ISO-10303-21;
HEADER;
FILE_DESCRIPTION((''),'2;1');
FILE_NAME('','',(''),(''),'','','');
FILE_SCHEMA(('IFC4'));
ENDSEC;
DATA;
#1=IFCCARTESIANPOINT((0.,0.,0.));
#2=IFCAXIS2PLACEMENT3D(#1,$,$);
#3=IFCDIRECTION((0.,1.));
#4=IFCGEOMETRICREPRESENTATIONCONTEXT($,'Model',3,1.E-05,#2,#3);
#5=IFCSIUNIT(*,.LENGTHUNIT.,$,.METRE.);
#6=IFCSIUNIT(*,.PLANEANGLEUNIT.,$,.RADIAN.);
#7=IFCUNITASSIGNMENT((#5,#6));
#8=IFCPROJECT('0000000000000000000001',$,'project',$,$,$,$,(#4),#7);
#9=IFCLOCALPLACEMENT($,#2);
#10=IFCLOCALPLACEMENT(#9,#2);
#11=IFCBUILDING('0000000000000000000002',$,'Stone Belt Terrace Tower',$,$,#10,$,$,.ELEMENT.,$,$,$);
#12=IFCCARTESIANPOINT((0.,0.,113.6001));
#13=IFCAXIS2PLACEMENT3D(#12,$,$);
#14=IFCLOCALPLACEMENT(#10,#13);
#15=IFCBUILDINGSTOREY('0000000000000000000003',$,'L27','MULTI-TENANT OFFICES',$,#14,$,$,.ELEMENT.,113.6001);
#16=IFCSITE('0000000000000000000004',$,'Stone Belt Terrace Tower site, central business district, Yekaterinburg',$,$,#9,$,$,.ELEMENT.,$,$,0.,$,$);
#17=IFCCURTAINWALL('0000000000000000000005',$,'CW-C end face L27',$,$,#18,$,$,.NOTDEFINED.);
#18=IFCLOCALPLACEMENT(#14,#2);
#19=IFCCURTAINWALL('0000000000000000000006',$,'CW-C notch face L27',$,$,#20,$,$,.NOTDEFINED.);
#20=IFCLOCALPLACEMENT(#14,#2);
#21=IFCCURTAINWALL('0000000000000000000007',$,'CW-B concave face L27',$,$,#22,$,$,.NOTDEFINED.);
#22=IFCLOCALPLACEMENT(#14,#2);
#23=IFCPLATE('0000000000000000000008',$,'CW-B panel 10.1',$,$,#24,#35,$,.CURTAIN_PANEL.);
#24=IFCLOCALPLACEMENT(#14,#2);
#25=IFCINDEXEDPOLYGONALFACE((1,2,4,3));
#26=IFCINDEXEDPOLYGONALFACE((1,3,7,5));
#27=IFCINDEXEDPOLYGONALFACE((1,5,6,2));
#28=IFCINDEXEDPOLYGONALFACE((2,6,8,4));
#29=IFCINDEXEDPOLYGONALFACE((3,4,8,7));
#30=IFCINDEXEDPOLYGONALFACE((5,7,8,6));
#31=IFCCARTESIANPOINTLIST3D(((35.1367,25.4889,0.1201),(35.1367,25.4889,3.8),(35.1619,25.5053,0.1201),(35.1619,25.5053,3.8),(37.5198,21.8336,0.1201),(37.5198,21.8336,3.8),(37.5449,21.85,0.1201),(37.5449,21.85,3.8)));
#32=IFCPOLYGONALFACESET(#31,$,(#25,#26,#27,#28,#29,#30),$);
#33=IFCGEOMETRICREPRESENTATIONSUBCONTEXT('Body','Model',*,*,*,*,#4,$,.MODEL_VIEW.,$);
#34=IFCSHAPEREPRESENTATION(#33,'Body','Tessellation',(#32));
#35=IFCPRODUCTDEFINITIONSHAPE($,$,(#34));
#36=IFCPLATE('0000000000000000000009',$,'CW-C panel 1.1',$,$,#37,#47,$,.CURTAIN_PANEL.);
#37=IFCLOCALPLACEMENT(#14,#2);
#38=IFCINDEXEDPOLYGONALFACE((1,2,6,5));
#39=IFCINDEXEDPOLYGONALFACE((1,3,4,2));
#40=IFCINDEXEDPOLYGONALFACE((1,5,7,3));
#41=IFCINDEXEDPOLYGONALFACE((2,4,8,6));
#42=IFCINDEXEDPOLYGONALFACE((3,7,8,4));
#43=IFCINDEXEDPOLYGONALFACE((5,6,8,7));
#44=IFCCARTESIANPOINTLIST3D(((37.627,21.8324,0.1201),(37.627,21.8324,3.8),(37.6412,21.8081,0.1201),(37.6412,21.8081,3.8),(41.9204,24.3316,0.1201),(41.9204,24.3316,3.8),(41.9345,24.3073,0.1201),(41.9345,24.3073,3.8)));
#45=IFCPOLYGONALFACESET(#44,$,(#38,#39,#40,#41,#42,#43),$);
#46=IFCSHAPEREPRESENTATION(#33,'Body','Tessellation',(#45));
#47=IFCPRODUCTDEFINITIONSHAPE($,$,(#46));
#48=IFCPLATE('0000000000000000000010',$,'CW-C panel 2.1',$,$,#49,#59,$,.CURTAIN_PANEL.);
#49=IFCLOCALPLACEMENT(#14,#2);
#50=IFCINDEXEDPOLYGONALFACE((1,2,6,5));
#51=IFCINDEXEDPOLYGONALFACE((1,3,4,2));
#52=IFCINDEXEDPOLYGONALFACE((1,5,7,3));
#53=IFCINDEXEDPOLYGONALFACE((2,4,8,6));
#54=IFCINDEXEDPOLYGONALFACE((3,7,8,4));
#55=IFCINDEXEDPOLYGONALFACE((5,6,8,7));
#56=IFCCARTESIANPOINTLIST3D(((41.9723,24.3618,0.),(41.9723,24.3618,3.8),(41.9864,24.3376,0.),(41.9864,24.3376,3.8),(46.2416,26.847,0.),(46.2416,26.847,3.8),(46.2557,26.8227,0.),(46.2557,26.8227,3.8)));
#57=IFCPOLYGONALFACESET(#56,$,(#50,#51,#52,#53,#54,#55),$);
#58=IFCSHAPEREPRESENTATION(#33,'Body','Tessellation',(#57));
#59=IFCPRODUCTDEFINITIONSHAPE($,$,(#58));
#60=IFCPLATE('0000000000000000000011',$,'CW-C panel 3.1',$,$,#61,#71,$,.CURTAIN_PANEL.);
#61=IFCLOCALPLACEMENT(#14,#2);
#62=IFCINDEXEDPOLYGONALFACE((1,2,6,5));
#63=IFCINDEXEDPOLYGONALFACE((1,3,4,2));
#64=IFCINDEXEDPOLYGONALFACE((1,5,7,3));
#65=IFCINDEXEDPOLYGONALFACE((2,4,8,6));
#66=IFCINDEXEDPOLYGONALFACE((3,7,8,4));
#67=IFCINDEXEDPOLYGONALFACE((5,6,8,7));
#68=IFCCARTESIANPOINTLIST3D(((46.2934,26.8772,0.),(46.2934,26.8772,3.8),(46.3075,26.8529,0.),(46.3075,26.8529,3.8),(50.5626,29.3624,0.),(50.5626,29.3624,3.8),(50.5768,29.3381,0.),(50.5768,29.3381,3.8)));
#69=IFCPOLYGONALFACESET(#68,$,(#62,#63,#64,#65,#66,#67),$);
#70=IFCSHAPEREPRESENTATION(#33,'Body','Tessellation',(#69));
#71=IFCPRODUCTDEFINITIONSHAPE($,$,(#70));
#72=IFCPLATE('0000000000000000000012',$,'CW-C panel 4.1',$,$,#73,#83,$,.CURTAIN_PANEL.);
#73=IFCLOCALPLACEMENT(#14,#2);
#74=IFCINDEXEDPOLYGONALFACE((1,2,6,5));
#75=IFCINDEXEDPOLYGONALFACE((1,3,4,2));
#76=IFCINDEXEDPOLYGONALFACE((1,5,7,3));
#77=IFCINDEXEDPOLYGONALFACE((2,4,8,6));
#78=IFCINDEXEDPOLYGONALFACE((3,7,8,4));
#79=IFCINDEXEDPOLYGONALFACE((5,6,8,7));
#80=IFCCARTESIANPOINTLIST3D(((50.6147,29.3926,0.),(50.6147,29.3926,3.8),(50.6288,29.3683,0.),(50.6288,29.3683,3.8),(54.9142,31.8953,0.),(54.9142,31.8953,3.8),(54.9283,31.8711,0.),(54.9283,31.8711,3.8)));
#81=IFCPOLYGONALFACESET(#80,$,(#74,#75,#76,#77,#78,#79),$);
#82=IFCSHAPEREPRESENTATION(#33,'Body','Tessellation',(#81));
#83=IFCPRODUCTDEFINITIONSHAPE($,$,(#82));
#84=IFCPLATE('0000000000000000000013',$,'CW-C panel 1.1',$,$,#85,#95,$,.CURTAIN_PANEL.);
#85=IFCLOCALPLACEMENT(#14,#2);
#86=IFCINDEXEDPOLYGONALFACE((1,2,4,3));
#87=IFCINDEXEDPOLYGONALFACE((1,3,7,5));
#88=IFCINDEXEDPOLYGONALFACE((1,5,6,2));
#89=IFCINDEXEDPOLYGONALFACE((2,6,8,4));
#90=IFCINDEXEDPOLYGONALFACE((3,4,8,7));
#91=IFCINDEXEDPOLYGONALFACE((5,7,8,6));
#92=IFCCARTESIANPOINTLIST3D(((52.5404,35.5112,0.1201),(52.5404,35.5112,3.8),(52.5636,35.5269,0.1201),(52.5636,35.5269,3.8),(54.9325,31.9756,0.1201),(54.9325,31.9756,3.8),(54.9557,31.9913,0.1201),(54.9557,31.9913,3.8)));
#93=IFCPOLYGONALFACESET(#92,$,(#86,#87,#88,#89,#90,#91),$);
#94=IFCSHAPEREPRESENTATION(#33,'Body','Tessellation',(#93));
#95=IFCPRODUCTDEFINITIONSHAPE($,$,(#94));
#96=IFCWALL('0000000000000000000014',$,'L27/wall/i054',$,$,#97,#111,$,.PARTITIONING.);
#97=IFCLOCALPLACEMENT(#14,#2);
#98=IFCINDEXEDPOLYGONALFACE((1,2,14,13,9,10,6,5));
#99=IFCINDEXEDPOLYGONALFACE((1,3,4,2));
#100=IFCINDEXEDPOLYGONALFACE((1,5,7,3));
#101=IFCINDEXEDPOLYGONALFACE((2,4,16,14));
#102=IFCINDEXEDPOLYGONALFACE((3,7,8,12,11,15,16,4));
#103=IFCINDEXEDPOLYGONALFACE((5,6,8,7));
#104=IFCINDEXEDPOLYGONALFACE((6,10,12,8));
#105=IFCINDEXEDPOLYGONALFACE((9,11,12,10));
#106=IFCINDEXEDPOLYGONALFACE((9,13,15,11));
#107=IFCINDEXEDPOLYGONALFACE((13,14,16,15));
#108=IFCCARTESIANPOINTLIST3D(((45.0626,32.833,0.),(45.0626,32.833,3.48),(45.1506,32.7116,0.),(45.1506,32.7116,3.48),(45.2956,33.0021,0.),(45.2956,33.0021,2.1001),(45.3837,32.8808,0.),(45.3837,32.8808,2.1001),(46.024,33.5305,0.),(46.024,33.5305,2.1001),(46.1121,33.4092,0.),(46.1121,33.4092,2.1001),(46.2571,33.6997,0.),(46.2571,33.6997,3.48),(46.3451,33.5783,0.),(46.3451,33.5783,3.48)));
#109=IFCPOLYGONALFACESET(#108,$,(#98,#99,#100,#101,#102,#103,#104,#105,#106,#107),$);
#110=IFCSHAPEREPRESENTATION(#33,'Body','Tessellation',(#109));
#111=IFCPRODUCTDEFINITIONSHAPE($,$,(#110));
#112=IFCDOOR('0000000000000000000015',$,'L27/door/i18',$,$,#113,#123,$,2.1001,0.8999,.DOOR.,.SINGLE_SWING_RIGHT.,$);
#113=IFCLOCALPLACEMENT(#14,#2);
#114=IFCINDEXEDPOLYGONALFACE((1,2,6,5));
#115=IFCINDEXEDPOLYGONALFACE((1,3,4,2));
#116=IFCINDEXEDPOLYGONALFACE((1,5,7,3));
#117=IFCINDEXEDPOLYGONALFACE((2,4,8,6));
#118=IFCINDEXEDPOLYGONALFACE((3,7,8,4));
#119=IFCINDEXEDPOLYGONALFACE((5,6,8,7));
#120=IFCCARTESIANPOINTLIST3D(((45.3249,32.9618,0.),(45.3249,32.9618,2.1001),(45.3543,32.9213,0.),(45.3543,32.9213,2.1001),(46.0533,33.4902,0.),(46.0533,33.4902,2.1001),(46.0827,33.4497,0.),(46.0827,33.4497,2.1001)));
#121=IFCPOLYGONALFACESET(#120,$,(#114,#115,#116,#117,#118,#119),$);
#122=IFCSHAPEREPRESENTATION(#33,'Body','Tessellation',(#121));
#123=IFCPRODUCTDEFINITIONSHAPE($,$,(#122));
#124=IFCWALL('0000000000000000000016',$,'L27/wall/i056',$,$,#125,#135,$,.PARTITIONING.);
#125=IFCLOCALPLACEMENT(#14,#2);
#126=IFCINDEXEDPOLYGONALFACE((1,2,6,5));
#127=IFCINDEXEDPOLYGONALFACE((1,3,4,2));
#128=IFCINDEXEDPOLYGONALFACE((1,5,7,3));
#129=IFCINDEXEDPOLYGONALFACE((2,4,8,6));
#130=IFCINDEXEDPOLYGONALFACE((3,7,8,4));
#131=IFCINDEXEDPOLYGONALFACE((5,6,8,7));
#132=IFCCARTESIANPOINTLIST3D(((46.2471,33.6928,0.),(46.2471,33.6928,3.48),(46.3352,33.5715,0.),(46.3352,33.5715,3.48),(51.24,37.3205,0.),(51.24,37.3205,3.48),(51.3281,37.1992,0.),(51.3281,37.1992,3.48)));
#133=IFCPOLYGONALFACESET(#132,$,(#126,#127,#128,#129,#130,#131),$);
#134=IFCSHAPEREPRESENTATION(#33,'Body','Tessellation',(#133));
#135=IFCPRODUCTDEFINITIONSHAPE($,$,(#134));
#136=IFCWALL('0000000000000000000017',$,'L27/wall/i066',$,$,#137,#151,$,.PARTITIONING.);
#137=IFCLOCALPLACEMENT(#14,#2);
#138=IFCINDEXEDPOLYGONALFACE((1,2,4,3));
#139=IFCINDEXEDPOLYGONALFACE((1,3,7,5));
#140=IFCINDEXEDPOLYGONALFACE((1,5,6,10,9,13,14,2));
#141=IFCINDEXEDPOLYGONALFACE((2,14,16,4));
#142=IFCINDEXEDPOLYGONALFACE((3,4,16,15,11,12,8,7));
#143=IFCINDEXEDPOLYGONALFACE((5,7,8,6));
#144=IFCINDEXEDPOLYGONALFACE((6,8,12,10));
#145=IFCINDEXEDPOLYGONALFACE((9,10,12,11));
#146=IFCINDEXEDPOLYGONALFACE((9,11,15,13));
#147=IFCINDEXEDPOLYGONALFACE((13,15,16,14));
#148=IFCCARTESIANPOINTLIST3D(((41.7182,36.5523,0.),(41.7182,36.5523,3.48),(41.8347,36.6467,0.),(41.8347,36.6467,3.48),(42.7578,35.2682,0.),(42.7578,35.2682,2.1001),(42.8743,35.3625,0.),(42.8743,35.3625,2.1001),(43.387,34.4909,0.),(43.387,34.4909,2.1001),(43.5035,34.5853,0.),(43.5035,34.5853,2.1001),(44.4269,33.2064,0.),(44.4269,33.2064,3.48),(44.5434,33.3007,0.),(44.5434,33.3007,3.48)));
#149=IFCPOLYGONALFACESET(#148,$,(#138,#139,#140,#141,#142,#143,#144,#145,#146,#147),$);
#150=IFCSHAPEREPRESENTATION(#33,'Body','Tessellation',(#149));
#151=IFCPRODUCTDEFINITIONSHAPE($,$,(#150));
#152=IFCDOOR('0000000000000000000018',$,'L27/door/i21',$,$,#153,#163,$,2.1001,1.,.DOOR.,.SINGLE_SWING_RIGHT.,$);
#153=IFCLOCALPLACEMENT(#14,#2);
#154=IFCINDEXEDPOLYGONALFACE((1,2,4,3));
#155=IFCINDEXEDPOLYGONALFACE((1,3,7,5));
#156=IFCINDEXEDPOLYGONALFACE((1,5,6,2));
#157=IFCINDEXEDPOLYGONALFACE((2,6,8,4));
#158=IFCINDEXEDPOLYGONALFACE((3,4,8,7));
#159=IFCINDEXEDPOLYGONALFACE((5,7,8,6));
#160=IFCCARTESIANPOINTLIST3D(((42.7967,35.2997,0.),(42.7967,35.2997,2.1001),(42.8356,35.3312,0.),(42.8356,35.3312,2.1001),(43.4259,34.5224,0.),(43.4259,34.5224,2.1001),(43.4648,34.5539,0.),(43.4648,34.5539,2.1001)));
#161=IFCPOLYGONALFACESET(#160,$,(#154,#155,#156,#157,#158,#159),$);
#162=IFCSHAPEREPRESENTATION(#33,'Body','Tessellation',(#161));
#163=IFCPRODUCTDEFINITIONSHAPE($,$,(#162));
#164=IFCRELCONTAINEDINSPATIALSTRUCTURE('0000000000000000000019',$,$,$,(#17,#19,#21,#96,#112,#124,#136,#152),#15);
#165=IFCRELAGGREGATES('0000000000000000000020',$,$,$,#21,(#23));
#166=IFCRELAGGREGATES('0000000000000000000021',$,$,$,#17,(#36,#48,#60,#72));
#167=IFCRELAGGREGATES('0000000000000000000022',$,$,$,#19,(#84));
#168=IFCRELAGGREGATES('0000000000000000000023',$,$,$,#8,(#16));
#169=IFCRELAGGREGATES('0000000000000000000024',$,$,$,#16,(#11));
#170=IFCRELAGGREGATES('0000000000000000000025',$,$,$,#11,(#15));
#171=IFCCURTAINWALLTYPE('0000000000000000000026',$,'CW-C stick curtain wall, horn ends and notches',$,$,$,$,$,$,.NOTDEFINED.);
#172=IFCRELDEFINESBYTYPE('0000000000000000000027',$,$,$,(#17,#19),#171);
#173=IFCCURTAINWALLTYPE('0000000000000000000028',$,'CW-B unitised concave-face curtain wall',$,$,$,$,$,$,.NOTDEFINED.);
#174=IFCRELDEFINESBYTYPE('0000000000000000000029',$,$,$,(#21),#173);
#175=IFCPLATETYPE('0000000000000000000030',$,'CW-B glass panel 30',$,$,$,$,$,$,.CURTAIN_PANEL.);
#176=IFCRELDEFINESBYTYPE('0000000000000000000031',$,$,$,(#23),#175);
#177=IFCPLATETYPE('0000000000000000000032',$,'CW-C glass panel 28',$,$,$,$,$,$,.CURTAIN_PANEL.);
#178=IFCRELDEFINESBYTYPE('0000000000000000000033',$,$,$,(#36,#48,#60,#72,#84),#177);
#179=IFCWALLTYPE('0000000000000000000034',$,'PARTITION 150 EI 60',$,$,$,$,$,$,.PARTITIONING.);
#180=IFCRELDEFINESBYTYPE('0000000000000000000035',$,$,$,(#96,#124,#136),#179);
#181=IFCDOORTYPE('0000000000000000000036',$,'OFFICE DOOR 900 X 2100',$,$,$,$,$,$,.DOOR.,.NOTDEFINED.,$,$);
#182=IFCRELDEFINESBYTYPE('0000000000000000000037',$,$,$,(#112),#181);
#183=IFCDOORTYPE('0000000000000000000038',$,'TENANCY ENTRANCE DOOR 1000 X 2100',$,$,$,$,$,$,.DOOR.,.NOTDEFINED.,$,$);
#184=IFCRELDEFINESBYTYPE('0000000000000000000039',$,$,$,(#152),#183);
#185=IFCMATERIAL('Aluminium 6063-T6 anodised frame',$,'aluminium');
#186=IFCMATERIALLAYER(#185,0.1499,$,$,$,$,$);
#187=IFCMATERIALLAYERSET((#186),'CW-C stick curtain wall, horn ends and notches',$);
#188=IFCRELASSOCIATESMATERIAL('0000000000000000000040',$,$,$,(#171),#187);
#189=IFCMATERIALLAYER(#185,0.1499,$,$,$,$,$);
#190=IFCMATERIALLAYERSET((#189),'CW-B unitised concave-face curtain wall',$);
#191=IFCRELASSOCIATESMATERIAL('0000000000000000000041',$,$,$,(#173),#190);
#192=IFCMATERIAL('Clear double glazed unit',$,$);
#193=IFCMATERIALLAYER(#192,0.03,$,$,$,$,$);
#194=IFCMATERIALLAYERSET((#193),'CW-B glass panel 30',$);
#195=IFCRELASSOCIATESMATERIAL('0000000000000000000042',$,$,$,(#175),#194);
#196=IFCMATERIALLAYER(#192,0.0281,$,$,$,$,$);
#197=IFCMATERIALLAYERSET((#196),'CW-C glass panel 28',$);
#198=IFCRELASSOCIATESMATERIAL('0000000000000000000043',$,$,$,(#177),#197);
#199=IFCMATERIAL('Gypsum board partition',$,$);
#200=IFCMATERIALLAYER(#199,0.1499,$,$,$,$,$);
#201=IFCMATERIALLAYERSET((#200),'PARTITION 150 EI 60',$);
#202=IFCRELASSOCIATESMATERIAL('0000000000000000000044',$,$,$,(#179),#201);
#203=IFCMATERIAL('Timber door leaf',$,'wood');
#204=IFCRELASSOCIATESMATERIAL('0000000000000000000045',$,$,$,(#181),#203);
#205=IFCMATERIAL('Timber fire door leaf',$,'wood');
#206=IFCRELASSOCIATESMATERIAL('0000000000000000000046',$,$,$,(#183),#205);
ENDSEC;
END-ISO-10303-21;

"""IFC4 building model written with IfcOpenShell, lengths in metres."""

from ifc_helpers import new_model, si_unit, direction, frame, frame_2d, origin, origin_2d, place, context, subcontext, project, spatial, rectangle, extrude, material, layer, layer_set, type_object, element, fill, aggregate, save


model = new_model("IFC4")

# Units and contexts
model_context = context("Model", 3, precision=1e-05, world=origin(), true_north=direction((0.0, 1.0)))
body_context = subcontext(model_context, "Body", "Model", "MODEL_VIEW")
ifc_project = project(units=[si_unit("LENGTHUNIT", "METRE"), si_unit("PLANEANGLEUNIT", "RADIAN")], contexts=[model_context])

# Site, building, storey
site_placement = place(None, origin())
site = spatial("IfcSite", under=ifc_project, at=site_placement, Name="Stone Belt Terrace Tower site, central business district, Yekaterinburg", CompositionType="ELEMENT", RefElevation=0.0)
building_placement = place(site_placement, origin())
building = spatial("IfcBuilding", under=site, at=building_placement, Name="Stone Belt Terrace Tower", CompositionType="ELEMENT")
storey_placement = place(building_placement, frame((0.0, 0.0, 113.6001)))
storey = spatial("IfcBuildingStorey", under=building, at=storey_placement, Name="L27", Description="MULTI-TENANT OFFICES", CompositionType="ELEMENT", Elevation=113.6001)

# Curtain walls
ifc_material_1 = material(Name="Aluminium 6063-T6 anodised frame", Category="aluminium")
ifc_layer_1 = layer(ifc_material_1, 0.1499)
ifc_layer_set_1 = layer_set([ifc_layer_1], Name="CW-C stick curtain wall, horn ends and notches")
curtain_wall_type_1 = type_object("IfcCurtainWallType", Name="CW-C stick curtain wall, horn ends and notches", PredefinedType="NOTDEFINED", material=ifc_layer_set_1)
curtain_wall_1_placement = place(storey_placement, origin())
curtain_wall_1 = element("IfcCurtainWall", 1, at=curtain_wall_1_placement, inside=storey, type_object=curtain_wall_type_1, Name="CW-C end face L27", PredefinedType="NOTDEFINED")
curtain_wall_2_placement = place(storey_placement, origin())
curtain_wall_2 = element("IfcCurtainWall", 2, at=curtain_wall_2_placement, inside=storey, type_object=curtain_wall_type_1, Name="CW-C notch face L27", PredefinedType="NOTDEFINED")

# Curtain wall, plate
ifc_layer_2 = layer(ifc_material_1, 0.1499)
ifc_layer_set_2 = layer_set([ifc_layer_2], Name="CW-B unitised concave-face curtain wall")
curtain_wall_type_2 = type_object("IfcCurtainWallType", Name="CW-B unitised concave-face curtain wall", PredefinedType="NOTDEFINED", material=ifc_layer_set_2)
curtain_wall_3_placement = place(storey_placement, origin())
curtain_wall_3 = element("IfcCurtainWall", 3, at=curtain_wall_3_placement, inside=storey, type_object=curtain_wall_type_2, Name="CW-B concave face L27", PredefinedType="NOTDEFINED")
ifc_material_2 = material(Name="Clear double glazed unit")
ifc_layer_3 = layer(ifc_material_2, 0.03)
ifc_layer_set_3 = layer_set([ifc_layer_3], Name="CW-B glass panel 30")
plate_type_1 = type_object("IfcPlateType", Name="CW-B glass panel 30", PredefinedType="CURTAIN_PANEL", material=ifc_layer_set_3)
plate_1_placement = place(storey_placement, frame((36.3408, 23.6694, 0.1201), z_axis=(0.0, 0.0, 1.0), x_axis=(0.546132, -0.837699, 0.0)))
plate_1 = element("IfcPlate", 4, at=plate_1_placement, type_object=plate_type_1, Name="CW-B panel 10.1", PredefinedType="CURTAIN_PANEL", context=body_context, shape_type="SweptSolid", body=[
    extrude(rectangle(XDim=4.3635, YDim=0.03, at=origin_2d()), origin(), (0.0, 0.0, 1.0), 3.6799),
])
aggregate(curtain_wall_3, [plate_1])

# Plates
ifc_layer_4 = layer(ifc_material_2, 0.0281)
ifc_layer_set_4 = layer_set([ifc_layer_4], Name="CW-C glass panel 28")
plate_type_2 = type_object("IfcPlateType", Name="CW-C glass panel 28", PredefinedType="CURTAIN_PANEL", material=ifc_layer_set_4)
plate_2_placement = place(storey_placement, frame((39.7808, 23.0698, 0.1201), z_axis=(0.0, 0.0, 1.0), x_axis=(0.864239, 0.503081, 0.0)))
plate_2 = element("IfcPlate", 5, at=plate_2_placement, type_object=plate_type_2, Name="CW-C panel 1.1", PredefinedType="CURTAIN_PANEL", context=body_context, shape_type="SweptSolid", body=[
    extrude(rectangle(XDim=4.9678, YDim=0.0281, at=origin_2d()), origin(), (0.0, 0.0, 1.0), 3.6799),
])
plate_3_placement = place(storey_placement, frame((44.114, 25.5923, 0.0), z_axis=(0.0, 0.0, 1.0), x_axis=(0.864239, 0.503081, 0.0)))
plate_3 = element("IfcPlate", 6, at=plate_3_placement, type_object=plate_type_2, Name="CW-C panel 2.1", PredefinedType="CURTAIN_PANEL", context=body_context, shape_type="SweptSolid", body=[
    extrude(rectangle(XDim=4.9399, YDim=0.0281, at=origin_2d()), origin(), (0.0, 0.0, 1.0), 3.8),
])
plate_4_placement = place(storey_placement, frame((48.4351, 28.1077, 0.0), z_axis=(0.0, 0.0, 1.0), x_axis=(0.864239, 0.503081, 0.0)))
plate_4 = element("IfcPlate", 7, at=plate_4_placement, type_object=plate_type_2, Name="CW-C panel 3.1", PredefinedType="CURTAIN_PANEL", context=body_context, shape_type="SweptSolid", body=[
    extrude(rectangle(XDim=4.9399, YDim=0.0281, at=origin_2d()), origin(), (0.0, 0.0, 1.0), 3.8),
])
plate_5_placement = place(storey_placement, frame((52.7715, 30.6318, 0.0), z_axis=(0.0, 0.0, 1.0), x_axis=(0.864239, 0.503081, 0.0)))
plate_5 = element("IfcPlate", 8, at=plate_5_placement, type_object=plate_type_2, Name="CW-C panel 4.1", PredefinedType="CURTAIN_PANEL", context=body_context, shape_type="SweptSolid", body=[
    extrude(rectangle(XDim=4.9749, YDim=0.0281, at=origin_2d()), origin(), (0.0, 0.0, 1.0), 3.8),
])
aggregate(curtain_wall_1, [plate_2, plate_3, plate_4, plate_5])
plate_6_placement = place(storey_placement, frame((53.748, 33.7512, 0.1201), z_axis=(0.0, 0.0, 1.0), x_axis=(-0.560367, 0.828244, 0.0)))
plate_6 = element("IfcPlate", 9, at=plate_6_placement, type_object=plate_type_2, Name="CW-C panel 1.1", PredefinedType="CURTAIN_PANEL", context=body_context, shape_type="SweptSolid", body=[
    extrude(rectangle(XDim=4.2688, YDim=0.0281, at=origin_2d()), origin(), (0.0, 0.0, 1.0), 3.6799),
])
aggregate(curtain_wall_2, [plate_6])

# Wall, opening, door
ifc_material_3 = material(Name="Gypsum board partition")
ifc_layer_5 = layer(ifc_material_3, 0.1499)
ifc_layer_set_5 = layer_set([ifc_layer_5], Name="PARTITION 150 EI 60")
wall_type = type_object("IfcWallType", Name="PARTITION 150 EI 60", PredefinedType="PARTITIONING", material=ifc_layer_set_5)
wall_1_placement = place(storey_placement, frame((46.301, 33.6389, 0.0), z_axis=(0.0, 0.0, 1.0), x_axis=(-0.809408, -0.587247, 0.0)))
wall_1 = element("IfcWall", 10, at=wall_1_placement, inside=storey, type_object=wall_type, Name="L27/wall/i054", PredefinedType="PARTITIONING", context=body_context, shape_type="SweptSolid", body=[
    extrude(rectangle(XDim=1.4758, YDim=0.1499, at=frame_2d((0.7378, 0.0))), origin(), (0.0, 0.0, 1.0), 3.48),
])
opening_1_placement = place(wall_1_placement, frame((0.2878, 0.0, 0.0)))
opening_1 = element("IfcOpeningElement", 11, at=opening_1_placement, cuts=wall_1, PredefinedType="OPENING", context=body_context, shape_type="SweptSolid", body=[
    extrude(rectangle(XDim=0.8999, YDim=2.1001, at=frame_2d((0.45, 1.05))), frame((0.0, 0.085, 0.0), z_axis=(0.0, -1.0, 0.0), x_axis=(1.0, 0.0, 0.0)), (0.0, 0.0, 1.0), 0.1699),
])
ifc_material_4 = material(Name="Timber door leaf", Category="wood")
door_type_1 = type_object("IfcDoorType", Name="OFFICE DOOR 900 X 2100", OperationType="NOTDEFINED", PredefinedType="DOOR", material=ifc_material_4)
door_1_placement = place(opening_1_placement, origin())
door_1 = element("IfcDoor", 12, at=door_1_placement, inside=storey, type_object=door_type_1, Name="L27/door/i18", OperationType="SINGLE_SWING_RIGHT", OverallHeight=2.1001, OverallWidth=0.8999, PredefinedType="DOOR", context=body_context, shape_type="SweptSolid", body=[
    extrude(rectangle(XDim=0.8999, YDim=2.1001, at=frame_2d((0.45, 1.05))), frame((0.0, 0.0249, 0.0), z_axis=(0.0, -1.0, 0.0), x_axis=(1.0, 0.0, 0.0)), (0.0, 0.0, 1.0), 0.05),
])
fill(opening_1, door_1)

# Wall
wall_2_placement = place(storey_placement, frame((46.291, 33.6321, 0.0), z_axis=(0.0, 0.0, 1.0), x_axis=(0.809008, 0.587798, 0.0)))
element("IfcWall", 13, at=wall_2_placement, inside=storey, type_object=wall_type, Name="L27/wall/i056", PredefinedType="PARTITIONING", context=body_context, shape_type="SweptSolid", body=[
    extrude(rectangle(XDim=6.1716, YDim=0.1499, at=frame_2d((3.0859, 0.0))), origin(), (0.0, 0.0, 1.0), 3.48),
])

# Wall, opening, door
wall_3_placement = place(storey_placement, frame((44.4851, 33.2537, 0.0), z_axis=(0.0, 0.0, 1.0), x_axis=(-0.629215, 0.777232, 0.0)))
wall_3 = element("IfcWall", 14, at=wall_3_placement, inside=storey, type_object=wall_type, Name="L27/wall/i066", PredefinedType="PARTITIONING", context=body_context, shape_type="SweptSolid", body=[
    extrude(rectangle(XDim=4.3049, YDim=0.1499, at=frame_2d((2.1523, 0.0))), origin(), (0.0, 0.0, 1.0), 3.48),
])
opening_2_placement = place(wall_3_placement, frame((1.6526, 0.0, 0.0)))
opening_2 = element("IfcOpeningElement", 15, at=opening_2_placement, cuts=wall_3, PredefinedType="OPENING", context=body_context, shape_type="SweptSolid", body=[
    extrude(rectangle(XDim=1.0, YDim=2.1001, at=frame_2d((0.5, 1.05))), frame((0.0, 0.085, 0.0), z_axis=(0.0, -1.0, 0.0), x_axis=(1.0, 0.0, 0.0)), (0.0, 0.0, 1.0), 0.1699),
])
ifc_material_5 = material(Name="Timber fire door leaf", Category="wood")
door_type_2 = type_object("IfcDoorType", Name="TENANCY ENTRANCE DOOR 1000 X 2100", OperationType="NOTDEFINED", PredefinedType="DOOR", material=ifc_material_5)
door_2_placement = place(opening_2_placement, origin())
door_2 = element("IfcDoor", 16, at=door_2_placement, inside=storey, type_object=door_type_2, Name="L27/door/i21", OperationType="SINGLE_SWING_RIGHT", OverallHeight=2.1001, OverallWidth=1.0, PredefinedType="DOOR", context=body_context, shape_type="SweptSolid", body=[
    extrude(rectangle(XDim=1.0, YDim=2.1001, at=frame_2d((0.5, 1.05))), frame((0.0, 0.0249, 0.0), z_axis=(0.0, -1.0, 0.0), x_axis=(1.0, 0.0, 0.0)), (0.0, 0.0, 1.0), 0.05),
])
fill(opening_2, door_2)

save(model, "model.ifc")
